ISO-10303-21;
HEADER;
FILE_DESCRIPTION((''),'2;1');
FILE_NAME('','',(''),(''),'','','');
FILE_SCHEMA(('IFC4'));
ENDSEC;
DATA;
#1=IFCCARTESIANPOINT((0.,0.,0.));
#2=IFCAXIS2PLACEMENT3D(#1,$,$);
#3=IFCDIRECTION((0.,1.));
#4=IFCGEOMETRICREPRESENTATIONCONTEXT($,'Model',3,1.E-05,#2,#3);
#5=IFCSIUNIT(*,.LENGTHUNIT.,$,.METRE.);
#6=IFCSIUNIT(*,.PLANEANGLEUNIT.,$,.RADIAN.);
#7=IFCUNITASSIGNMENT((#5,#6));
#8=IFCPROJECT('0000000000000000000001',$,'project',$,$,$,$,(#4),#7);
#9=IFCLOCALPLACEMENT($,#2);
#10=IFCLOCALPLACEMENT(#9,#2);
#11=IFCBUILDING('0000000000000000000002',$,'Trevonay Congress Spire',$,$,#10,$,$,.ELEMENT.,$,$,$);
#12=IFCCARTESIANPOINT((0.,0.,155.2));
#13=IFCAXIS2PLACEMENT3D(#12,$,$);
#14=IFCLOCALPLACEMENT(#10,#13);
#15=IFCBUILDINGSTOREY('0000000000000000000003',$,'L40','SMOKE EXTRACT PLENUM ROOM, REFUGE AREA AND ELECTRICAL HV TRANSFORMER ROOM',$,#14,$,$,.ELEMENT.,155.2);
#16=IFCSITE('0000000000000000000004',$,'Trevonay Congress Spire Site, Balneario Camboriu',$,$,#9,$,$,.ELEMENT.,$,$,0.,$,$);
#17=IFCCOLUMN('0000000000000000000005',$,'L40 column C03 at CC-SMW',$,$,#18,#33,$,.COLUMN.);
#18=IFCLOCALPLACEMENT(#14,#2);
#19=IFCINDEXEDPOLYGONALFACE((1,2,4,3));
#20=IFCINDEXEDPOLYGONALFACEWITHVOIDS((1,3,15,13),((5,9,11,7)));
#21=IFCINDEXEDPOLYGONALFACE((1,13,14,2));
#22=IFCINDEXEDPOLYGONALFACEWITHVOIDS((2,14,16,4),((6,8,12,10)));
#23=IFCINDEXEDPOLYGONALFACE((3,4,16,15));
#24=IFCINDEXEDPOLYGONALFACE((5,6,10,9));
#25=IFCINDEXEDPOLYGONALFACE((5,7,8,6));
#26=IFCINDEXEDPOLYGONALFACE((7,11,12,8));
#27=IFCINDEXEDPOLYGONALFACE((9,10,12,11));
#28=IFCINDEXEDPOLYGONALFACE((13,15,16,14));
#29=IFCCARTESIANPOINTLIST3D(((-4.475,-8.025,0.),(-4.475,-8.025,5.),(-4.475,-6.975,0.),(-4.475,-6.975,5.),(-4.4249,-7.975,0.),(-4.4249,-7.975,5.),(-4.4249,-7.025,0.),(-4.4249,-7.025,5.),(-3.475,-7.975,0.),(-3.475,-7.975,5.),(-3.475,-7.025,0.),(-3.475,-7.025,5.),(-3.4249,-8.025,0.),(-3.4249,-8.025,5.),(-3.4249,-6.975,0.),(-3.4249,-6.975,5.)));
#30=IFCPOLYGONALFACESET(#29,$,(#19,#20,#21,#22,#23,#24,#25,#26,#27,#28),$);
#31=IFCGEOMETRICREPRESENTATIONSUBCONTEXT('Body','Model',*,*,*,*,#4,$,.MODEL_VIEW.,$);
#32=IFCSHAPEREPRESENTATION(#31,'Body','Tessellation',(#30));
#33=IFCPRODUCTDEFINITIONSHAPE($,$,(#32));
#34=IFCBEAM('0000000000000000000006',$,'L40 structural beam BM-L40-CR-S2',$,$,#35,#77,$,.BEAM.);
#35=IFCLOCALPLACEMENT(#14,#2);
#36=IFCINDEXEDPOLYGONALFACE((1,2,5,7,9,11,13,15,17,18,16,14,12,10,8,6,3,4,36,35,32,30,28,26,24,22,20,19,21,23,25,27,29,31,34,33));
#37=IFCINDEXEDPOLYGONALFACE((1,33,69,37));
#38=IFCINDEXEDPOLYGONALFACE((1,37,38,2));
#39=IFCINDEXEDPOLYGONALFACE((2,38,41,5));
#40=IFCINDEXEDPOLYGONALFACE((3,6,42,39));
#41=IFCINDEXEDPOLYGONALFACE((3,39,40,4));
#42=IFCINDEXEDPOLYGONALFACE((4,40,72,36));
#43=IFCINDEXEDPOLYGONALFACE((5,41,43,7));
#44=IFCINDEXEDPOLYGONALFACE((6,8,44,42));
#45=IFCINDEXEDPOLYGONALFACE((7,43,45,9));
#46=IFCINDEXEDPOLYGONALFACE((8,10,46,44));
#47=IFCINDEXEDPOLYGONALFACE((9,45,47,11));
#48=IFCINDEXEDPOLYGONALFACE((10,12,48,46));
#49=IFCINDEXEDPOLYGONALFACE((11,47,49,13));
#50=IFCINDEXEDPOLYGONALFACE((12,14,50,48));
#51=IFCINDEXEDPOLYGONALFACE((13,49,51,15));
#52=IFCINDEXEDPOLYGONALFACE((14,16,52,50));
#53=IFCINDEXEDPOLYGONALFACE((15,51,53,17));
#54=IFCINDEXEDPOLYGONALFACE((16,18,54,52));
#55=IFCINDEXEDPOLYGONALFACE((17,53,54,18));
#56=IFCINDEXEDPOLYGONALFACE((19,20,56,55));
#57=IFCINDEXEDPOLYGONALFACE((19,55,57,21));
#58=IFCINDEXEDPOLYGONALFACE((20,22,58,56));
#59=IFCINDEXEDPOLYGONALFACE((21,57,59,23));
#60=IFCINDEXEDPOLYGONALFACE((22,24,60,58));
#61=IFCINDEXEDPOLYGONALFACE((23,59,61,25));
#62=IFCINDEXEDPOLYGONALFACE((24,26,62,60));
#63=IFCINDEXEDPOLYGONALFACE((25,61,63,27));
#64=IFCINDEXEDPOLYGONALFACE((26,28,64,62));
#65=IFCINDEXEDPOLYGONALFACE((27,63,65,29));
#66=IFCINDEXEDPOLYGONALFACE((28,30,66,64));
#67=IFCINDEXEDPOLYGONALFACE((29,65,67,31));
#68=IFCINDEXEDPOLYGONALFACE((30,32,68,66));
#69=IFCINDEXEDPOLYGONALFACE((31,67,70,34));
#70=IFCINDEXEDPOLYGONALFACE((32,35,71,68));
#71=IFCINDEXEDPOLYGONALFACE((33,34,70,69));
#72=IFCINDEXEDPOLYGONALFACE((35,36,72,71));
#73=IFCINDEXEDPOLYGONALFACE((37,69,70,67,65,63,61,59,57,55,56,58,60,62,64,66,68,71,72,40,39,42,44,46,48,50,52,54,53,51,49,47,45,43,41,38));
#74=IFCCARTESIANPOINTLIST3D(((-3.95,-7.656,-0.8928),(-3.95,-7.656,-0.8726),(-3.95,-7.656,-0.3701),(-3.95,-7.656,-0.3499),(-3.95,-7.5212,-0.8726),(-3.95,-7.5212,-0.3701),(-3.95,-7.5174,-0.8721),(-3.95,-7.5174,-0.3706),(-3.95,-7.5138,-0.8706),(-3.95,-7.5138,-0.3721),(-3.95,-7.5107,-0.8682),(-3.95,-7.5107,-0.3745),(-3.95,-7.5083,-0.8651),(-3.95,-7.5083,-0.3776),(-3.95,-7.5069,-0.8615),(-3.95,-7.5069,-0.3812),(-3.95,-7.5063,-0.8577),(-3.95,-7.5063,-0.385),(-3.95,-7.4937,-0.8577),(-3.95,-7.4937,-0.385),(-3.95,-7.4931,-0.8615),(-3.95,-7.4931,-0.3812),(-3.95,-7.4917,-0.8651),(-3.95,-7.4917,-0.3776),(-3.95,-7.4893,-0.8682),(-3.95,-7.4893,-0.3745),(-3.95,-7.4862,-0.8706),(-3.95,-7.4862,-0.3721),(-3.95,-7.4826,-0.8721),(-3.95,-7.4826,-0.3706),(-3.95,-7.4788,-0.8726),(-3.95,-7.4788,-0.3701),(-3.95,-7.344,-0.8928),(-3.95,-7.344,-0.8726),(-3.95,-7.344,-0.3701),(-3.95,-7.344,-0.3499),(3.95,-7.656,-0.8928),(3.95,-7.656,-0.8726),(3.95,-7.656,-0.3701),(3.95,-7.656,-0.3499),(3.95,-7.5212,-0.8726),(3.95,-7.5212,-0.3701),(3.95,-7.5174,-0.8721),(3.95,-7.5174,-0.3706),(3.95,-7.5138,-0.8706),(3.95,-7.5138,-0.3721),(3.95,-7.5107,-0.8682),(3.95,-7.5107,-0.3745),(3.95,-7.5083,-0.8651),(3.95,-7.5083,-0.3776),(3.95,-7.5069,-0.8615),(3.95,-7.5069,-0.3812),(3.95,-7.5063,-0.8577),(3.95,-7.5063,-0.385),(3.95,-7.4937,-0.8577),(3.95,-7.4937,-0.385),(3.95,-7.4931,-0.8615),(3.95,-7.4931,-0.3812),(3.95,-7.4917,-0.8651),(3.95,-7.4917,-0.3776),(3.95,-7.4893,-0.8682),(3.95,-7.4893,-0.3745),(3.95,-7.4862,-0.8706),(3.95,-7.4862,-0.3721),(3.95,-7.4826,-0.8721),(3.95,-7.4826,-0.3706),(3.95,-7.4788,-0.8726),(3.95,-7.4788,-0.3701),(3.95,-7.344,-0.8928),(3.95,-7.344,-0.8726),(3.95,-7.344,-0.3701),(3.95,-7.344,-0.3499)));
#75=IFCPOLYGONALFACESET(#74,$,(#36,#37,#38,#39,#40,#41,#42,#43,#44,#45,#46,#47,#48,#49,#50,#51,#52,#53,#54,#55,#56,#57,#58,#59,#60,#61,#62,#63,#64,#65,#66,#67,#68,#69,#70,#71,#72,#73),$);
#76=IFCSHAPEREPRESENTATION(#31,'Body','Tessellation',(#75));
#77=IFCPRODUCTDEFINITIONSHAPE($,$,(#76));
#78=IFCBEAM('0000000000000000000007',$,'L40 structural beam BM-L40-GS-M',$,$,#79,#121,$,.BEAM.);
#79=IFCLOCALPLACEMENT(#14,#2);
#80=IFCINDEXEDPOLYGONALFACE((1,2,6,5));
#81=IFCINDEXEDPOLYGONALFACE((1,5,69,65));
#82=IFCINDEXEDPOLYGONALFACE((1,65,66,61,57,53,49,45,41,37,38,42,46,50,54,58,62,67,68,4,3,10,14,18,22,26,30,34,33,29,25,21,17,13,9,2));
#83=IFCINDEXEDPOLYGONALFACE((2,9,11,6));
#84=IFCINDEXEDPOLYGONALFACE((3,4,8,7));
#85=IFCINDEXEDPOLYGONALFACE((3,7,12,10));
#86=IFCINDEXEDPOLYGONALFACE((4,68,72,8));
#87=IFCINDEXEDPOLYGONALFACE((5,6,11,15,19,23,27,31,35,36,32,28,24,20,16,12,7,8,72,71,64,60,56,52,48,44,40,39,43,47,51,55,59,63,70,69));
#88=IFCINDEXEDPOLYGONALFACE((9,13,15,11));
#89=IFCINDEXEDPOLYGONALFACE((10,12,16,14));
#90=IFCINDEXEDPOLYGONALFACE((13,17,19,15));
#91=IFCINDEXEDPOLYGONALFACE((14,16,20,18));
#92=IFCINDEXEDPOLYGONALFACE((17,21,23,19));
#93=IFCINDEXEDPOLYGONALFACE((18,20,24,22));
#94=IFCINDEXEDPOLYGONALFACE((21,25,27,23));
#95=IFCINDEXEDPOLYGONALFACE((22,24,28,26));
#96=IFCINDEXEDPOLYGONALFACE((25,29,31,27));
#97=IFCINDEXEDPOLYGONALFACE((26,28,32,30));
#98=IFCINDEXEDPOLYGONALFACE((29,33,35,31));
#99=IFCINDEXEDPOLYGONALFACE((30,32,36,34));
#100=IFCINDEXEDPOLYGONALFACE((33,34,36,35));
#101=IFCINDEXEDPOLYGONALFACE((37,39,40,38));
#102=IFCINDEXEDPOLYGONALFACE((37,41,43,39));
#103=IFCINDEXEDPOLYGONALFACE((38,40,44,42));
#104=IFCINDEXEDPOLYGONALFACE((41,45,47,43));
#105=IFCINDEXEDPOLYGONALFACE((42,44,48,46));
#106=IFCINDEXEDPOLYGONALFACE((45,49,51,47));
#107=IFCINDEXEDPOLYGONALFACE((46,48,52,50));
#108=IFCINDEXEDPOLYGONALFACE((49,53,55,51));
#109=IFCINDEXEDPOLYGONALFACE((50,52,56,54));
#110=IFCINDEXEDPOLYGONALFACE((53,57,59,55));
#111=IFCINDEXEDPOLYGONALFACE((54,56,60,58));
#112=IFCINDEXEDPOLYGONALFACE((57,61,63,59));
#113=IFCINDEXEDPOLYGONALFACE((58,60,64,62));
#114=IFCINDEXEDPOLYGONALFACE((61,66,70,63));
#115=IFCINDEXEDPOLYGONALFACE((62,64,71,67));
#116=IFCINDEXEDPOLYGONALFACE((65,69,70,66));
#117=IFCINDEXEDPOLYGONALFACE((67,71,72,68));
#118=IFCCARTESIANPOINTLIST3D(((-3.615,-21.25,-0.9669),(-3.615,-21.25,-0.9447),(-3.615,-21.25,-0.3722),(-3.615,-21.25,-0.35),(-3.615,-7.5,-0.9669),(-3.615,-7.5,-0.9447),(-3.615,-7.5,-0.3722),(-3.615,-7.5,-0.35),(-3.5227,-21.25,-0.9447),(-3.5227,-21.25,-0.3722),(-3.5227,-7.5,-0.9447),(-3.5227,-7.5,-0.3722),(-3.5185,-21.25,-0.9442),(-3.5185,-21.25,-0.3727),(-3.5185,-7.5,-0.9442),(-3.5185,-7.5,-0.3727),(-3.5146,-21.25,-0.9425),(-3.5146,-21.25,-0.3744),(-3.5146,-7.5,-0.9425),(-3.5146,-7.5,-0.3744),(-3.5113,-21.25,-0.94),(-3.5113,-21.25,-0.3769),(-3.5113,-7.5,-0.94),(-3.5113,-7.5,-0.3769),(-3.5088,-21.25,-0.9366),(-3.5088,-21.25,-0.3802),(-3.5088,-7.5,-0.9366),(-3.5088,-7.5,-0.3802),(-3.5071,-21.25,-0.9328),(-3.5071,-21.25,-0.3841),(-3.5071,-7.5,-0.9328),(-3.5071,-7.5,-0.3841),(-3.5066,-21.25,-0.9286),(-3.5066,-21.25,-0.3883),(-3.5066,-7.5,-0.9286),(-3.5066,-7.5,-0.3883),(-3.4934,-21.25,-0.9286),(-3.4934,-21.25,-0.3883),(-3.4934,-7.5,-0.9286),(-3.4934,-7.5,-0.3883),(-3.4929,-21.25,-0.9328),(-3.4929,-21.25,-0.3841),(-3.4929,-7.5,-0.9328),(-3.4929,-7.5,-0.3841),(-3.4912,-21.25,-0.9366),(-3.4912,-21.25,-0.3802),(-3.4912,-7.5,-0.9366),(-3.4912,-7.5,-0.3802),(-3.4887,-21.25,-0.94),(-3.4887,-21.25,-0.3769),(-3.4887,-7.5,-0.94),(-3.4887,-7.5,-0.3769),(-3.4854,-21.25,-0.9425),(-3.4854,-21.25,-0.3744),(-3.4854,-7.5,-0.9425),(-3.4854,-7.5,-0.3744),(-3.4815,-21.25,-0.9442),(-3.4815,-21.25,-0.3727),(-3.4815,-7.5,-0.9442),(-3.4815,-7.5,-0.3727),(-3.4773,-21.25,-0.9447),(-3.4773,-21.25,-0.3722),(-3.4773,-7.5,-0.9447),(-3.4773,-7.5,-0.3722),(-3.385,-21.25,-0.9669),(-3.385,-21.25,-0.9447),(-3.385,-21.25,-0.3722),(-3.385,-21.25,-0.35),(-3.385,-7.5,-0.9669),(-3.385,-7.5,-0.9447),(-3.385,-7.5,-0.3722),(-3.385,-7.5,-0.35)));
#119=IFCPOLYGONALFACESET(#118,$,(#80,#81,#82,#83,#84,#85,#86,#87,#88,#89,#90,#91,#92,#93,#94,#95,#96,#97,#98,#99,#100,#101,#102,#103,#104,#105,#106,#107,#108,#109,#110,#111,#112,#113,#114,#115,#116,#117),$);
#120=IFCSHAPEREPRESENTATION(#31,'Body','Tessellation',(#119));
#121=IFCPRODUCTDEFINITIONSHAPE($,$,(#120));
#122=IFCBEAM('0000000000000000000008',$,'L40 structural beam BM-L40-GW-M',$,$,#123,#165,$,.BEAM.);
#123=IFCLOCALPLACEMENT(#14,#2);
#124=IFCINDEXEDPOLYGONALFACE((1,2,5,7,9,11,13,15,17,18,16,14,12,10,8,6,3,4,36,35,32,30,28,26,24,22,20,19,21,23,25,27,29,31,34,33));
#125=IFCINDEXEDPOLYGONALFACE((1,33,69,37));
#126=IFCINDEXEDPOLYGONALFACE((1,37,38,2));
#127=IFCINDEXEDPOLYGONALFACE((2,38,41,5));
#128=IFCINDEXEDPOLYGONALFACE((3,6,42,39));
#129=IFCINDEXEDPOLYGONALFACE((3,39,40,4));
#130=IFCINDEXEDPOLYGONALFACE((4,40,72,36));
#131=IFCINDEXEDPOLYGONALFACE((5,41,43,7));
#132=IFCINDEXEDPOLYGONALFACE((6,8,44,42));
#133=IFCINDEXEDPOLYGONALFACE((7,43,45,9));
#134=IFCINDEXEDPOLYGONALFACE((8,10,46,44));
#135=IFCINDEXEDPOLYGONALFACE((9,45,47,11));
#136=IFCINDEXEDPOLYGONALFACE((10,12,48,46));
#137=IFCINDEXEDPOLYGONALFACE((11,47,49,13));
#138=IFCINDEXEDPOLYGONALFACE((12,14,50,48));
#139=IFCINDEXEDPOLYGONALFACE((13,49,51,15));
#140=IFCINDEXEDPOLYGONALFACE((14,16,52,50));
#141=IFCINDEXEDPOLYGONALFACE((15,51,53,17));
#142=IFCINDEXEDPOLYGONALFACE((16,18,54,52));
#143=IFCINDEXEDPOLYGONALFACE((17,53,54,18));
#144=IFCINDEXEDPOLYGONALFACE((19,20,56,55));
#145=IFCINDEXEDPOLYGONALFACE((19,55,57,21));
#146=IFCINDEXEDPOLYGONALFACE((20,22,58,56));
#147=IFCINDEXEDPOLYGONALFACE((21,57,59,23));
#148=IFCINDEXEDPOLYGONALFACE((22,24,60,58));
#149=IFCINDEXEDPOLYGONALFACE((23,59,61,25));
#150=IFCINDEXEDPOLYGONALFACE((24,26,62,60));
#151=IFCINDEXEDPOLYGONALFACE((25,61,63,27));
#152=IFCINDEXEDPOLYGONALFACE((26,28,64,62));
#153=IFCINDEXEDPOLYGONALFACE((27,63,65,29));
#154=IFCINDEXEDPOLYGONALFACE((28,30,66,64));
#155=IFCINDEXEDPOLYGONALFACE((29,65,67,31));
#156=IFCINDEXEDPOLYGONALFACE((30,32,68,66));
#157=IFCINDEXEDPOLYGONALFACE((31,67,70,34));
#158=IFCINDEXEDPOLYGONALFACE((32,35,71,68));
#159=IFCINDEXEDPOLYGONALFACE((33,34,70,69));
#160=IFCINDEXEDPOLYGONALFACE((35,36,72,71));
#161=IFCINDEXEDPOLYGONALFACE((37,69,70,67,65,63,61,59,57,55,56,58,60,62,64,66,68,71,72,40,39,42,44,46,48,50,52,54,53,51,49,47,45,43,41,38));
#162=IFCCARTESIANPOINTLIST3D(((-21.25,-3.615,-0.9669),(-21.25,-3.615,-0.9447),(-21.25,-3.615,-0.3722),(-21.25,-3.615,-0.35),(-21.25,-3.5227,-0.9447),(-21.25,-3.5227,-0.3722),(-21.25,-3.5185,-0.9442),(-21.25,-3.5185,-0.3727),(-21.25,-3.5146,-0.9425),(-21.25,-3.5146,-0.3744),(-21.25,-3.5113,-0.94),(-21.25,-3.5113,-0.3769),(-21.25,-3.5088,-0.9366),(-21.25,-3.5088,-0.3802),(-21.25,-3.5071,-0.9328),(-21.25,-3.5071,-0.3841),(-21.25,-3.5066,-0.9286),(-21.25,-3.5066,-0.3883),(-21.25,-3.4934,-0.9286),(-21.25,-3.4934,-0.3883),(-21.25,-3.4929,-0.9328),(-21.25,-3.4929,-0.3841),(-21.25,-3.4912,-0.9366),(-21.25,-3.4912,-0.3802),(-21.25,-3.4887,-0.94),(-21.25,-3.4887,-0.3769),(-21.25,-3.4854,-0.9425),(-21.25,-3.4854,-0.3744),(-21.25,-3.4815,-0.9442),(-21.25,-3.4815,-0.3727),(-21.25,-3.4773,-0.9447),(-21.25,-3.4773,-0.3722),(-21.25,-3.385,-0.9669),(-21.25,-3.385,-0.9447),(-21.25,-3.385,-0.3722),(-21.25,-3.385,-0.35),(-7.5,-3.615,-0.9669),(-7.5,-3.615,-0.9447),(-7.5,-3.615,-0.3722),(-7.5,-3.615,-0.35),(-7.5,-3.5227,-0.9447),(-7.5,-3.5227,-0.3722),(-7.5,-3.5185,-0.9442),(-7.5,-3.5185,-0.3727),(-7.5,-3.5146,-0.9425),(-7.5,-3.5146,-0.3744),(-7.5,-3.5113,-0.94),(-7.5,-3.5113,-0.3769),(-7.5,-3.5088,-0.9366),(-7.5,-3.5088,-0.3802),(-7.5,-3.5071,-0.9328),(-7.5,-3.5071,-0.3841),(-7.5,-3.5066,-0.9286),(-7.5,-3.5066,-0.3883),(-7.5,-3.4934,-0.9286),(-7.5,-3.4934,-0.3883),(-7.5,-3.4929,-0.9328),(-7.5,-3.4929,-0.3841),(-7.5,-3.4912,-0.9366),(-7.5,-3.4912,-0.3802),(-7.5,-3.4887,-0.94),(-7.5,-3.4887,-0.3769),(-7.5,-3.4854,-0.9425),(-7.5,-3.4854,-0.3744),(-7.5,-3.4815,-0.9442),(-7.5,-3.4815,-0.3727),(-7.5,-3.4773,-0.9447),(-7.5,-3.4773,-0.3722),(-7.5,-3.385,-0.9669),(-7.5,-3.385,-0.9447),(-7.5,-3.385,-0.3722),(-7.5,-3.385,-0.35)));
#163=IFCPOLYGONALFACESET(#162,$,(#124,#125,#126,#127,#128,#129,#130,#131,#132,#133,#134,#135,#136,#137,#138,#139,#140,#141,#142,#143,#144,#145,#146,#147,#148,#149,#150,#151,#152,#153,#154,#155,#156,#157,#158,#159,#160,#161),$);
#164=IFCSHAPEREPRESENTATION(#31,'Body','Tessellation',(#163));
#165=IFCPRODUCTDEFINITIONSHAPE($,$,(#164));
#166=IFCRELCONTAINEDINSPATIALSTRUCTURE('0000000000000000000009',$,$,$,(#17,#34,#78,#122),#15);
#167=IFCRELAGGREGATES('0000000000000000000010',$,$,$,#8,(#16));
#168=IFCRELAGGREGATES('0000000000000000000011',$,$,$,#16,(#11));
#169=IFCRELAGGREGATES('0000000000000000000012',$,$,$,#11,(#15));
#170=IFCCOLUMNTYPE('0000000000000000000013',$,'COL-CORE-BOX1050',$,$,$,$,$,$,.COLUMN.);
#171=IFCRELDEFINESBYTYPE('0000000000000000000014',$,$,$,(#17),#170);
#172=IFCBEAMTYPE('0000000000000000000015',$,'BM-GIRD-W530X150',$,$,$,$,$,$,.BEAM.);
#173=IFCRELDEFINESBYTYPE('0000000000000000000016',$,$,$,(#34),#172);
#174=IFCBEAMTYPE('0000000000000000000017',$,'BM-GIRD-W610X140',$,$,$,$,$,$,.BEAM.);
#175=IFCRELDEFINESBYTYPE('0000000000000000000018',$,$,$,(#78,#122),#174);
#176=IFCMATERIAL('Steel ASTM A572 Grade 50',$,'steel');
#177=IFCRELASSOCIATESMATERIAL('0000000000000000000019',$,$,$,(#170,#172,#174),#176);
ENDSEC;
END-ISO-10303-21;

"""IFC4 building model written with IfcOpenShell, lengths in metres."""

from ifc_helpers import new_model, si_unit, direction, frame, origin, origin_2d, place, context, subcontext, project, spatial, hollow_rectangle, i_section, extrude, material, material_profile, profile_set, type_object, element, save


model = new_model("IFC4")

# Units and contexts
model_context = context("Model", 3, precision=1e-05, world=origin(), true_north=direction((0.0, 1.0)))
body_context = subcontext(model_context, "Body", "Model", "MODEL_VIEW")
ifc_project = project(units=[si_unit("LENGTHUNIT", "METRE"), si_unit("PLANEANGLEUNIT", "RADIAN")], contexts=[model_context])

# Site, building, storey
site_placement = place(None, origin())
site = spatial("IfcSite", under=ifc_project, at=site_placement, Name="Trevonay Congress Spire Site, Balneario Camboriu", CompositionType="ELEMENT", RefElevation=0.0)
building_placement = place(site_placement, origin())
building = spatial("IfcBuilding", under=site, at=building_placement, Name="Trevonay Congress Spire", CompositionType="ELEMENT")
storey_placement = place(building_placement, frame((0.0, 0.0, 155.2)))
storey = spatial("IfcBuildingStorey", under=building, at=storey_placement, Name="L40", Description="SMOKE EXTRACT PLENUM ROOM, REFUGE AREA AND ELECTRICAL HV TRANSFORMER ROOM", CompositionType="ELEMENT", Elevation=155.2)

# Column
ifc_material_1 = material(Name="Steel ASTM A572 Grade 50", Category="steel")
ifc_material_profile_1 = material_profile(ifc_material_1, hollow_rectangle(XDim=1.05, YDim=1.05, WallThickness=0.05, at=origin_2d()), Name="BOX 1050x1050x50")
ifc_profile_set_1 = profile_set([ifc_material_profile_1], Name="Steel ASTM A572 Grade 50")
column_type = type_object("IfcColumnType", Name="COL-CORE-BOX1050", PredefinedType="COLUMN", material=ifc_profile_set_1)
column_placement = place(storey_placement, frame((-3.95, -7.5, 0.0), z_axis=(0.0, 0.0, 1.0), x_axis=(1.0, 0.0, 0.0)))
element("IfcColumn", 1, at=column_placement, inside=storey, type_object=column_type, Name="L40 column C03 at CC-SMW", PredefinedType="COLUMN", context=body_context, shape_type="SweptSolid", body=[
    extrude(hollow_rectangle(XDim=1.05, YDim=1.05, WallThickness=0.05, at=origin_2d()), origin(), (0.0, 0.0, 1.0), 5.0),
])

# Beams
ifc_material_profile_2 = material_profile(ifc_material_1, i_section(OverallWidth=0.312, OverallDepth=0.543, WebThickness=0.0127, FlangeThickness=0.0203, FilletRadius=0.0149, at=origin_2d()), Name="W530x150")
ifc_profile_set_2 = profile_set([ifc_material_profile_2], Name="Steel ASTM A572 Grade 50")
beam_type_1 = type_object("IfcBeamType", Name="BM-GIRD-W530X150", PredefinedType="BEAM", material=ifc_profile_set_2)
beam_1_placement = place(storey_placement, frame((-3.95, -7.5, -0.6213), z_axis=(1.0, 0.0, 0.0), x_axis=(0.0, 1.0, 0.0)))
element("IfcBeam", 2, at=beam_1_placement, inside=storey, type_object=beam_type_1, Name="L40 structural beam BM-L40-CR-S2", PredefinedType="BEAM", context=body_context, shape_type="SweptSolid", body=[
    extrude(i_section(OverallWidth=0.312, OverallDepth=0.543, WebThickness=0.0127, FlangeThickness=0.0203, FilletRadius=0.0149, at=origin_2d()), origin(), (0.0, 0.0, 1.0), 7.8999),
])
ifc_material_profile_3 = material_profile(ifc_material_1, i_section(OverallWidth=0.23, OverallDepth=0.6169, WebThickness=0.0132, FlangeThickness=0.0222, FilletRadius=0.0161, at=origin_2d()), Name="W610x140")
ifc_profile_set_3 = profile_set([ifc_material_profile_3], Name="Steel ASTM A572 Grade 50")
beam_type_2 = type_object("IfcBeamType", Name="BM-GIRD-W610X140", PredefinedType="BEAM", material=ifc_profile_set_3)
for number, where, z_axis, x_axis, name in (
    (3, (-3.5, -7.5, -0.6584), (0.0, -1.0, 0.0), (1.0, 0.0, 0.0), "L40 structural beam BM-L40-GS-M"),
    (4, (-7.5, -3.5, -0.6584), (-1.0, 0.0, 0.0), (0.0, -1.0, 0.0), "L40 structural beam BM-L40-GW-M"),
):
    element("IfcBeam", number, at=place(storey_placement, frame(where, z_axis=z_axis, x_axis=x_axis)), inside=storey, type_object=beam_type_2, Name=name, PredefinedType="BEAM", context=body_context, shape_type="SweptSolid", body=[
        extrude(i_section(OverallWidth=0.23, OverallDepth=0.6169, WebThickness=0.0132, FlangeThickness=0.0222, FilletRadius=0.0161, at=origin_2d()), origin(), (0.0, 0.0, 1.0), 13.75),
    ])

save(model, "model.ifc")
